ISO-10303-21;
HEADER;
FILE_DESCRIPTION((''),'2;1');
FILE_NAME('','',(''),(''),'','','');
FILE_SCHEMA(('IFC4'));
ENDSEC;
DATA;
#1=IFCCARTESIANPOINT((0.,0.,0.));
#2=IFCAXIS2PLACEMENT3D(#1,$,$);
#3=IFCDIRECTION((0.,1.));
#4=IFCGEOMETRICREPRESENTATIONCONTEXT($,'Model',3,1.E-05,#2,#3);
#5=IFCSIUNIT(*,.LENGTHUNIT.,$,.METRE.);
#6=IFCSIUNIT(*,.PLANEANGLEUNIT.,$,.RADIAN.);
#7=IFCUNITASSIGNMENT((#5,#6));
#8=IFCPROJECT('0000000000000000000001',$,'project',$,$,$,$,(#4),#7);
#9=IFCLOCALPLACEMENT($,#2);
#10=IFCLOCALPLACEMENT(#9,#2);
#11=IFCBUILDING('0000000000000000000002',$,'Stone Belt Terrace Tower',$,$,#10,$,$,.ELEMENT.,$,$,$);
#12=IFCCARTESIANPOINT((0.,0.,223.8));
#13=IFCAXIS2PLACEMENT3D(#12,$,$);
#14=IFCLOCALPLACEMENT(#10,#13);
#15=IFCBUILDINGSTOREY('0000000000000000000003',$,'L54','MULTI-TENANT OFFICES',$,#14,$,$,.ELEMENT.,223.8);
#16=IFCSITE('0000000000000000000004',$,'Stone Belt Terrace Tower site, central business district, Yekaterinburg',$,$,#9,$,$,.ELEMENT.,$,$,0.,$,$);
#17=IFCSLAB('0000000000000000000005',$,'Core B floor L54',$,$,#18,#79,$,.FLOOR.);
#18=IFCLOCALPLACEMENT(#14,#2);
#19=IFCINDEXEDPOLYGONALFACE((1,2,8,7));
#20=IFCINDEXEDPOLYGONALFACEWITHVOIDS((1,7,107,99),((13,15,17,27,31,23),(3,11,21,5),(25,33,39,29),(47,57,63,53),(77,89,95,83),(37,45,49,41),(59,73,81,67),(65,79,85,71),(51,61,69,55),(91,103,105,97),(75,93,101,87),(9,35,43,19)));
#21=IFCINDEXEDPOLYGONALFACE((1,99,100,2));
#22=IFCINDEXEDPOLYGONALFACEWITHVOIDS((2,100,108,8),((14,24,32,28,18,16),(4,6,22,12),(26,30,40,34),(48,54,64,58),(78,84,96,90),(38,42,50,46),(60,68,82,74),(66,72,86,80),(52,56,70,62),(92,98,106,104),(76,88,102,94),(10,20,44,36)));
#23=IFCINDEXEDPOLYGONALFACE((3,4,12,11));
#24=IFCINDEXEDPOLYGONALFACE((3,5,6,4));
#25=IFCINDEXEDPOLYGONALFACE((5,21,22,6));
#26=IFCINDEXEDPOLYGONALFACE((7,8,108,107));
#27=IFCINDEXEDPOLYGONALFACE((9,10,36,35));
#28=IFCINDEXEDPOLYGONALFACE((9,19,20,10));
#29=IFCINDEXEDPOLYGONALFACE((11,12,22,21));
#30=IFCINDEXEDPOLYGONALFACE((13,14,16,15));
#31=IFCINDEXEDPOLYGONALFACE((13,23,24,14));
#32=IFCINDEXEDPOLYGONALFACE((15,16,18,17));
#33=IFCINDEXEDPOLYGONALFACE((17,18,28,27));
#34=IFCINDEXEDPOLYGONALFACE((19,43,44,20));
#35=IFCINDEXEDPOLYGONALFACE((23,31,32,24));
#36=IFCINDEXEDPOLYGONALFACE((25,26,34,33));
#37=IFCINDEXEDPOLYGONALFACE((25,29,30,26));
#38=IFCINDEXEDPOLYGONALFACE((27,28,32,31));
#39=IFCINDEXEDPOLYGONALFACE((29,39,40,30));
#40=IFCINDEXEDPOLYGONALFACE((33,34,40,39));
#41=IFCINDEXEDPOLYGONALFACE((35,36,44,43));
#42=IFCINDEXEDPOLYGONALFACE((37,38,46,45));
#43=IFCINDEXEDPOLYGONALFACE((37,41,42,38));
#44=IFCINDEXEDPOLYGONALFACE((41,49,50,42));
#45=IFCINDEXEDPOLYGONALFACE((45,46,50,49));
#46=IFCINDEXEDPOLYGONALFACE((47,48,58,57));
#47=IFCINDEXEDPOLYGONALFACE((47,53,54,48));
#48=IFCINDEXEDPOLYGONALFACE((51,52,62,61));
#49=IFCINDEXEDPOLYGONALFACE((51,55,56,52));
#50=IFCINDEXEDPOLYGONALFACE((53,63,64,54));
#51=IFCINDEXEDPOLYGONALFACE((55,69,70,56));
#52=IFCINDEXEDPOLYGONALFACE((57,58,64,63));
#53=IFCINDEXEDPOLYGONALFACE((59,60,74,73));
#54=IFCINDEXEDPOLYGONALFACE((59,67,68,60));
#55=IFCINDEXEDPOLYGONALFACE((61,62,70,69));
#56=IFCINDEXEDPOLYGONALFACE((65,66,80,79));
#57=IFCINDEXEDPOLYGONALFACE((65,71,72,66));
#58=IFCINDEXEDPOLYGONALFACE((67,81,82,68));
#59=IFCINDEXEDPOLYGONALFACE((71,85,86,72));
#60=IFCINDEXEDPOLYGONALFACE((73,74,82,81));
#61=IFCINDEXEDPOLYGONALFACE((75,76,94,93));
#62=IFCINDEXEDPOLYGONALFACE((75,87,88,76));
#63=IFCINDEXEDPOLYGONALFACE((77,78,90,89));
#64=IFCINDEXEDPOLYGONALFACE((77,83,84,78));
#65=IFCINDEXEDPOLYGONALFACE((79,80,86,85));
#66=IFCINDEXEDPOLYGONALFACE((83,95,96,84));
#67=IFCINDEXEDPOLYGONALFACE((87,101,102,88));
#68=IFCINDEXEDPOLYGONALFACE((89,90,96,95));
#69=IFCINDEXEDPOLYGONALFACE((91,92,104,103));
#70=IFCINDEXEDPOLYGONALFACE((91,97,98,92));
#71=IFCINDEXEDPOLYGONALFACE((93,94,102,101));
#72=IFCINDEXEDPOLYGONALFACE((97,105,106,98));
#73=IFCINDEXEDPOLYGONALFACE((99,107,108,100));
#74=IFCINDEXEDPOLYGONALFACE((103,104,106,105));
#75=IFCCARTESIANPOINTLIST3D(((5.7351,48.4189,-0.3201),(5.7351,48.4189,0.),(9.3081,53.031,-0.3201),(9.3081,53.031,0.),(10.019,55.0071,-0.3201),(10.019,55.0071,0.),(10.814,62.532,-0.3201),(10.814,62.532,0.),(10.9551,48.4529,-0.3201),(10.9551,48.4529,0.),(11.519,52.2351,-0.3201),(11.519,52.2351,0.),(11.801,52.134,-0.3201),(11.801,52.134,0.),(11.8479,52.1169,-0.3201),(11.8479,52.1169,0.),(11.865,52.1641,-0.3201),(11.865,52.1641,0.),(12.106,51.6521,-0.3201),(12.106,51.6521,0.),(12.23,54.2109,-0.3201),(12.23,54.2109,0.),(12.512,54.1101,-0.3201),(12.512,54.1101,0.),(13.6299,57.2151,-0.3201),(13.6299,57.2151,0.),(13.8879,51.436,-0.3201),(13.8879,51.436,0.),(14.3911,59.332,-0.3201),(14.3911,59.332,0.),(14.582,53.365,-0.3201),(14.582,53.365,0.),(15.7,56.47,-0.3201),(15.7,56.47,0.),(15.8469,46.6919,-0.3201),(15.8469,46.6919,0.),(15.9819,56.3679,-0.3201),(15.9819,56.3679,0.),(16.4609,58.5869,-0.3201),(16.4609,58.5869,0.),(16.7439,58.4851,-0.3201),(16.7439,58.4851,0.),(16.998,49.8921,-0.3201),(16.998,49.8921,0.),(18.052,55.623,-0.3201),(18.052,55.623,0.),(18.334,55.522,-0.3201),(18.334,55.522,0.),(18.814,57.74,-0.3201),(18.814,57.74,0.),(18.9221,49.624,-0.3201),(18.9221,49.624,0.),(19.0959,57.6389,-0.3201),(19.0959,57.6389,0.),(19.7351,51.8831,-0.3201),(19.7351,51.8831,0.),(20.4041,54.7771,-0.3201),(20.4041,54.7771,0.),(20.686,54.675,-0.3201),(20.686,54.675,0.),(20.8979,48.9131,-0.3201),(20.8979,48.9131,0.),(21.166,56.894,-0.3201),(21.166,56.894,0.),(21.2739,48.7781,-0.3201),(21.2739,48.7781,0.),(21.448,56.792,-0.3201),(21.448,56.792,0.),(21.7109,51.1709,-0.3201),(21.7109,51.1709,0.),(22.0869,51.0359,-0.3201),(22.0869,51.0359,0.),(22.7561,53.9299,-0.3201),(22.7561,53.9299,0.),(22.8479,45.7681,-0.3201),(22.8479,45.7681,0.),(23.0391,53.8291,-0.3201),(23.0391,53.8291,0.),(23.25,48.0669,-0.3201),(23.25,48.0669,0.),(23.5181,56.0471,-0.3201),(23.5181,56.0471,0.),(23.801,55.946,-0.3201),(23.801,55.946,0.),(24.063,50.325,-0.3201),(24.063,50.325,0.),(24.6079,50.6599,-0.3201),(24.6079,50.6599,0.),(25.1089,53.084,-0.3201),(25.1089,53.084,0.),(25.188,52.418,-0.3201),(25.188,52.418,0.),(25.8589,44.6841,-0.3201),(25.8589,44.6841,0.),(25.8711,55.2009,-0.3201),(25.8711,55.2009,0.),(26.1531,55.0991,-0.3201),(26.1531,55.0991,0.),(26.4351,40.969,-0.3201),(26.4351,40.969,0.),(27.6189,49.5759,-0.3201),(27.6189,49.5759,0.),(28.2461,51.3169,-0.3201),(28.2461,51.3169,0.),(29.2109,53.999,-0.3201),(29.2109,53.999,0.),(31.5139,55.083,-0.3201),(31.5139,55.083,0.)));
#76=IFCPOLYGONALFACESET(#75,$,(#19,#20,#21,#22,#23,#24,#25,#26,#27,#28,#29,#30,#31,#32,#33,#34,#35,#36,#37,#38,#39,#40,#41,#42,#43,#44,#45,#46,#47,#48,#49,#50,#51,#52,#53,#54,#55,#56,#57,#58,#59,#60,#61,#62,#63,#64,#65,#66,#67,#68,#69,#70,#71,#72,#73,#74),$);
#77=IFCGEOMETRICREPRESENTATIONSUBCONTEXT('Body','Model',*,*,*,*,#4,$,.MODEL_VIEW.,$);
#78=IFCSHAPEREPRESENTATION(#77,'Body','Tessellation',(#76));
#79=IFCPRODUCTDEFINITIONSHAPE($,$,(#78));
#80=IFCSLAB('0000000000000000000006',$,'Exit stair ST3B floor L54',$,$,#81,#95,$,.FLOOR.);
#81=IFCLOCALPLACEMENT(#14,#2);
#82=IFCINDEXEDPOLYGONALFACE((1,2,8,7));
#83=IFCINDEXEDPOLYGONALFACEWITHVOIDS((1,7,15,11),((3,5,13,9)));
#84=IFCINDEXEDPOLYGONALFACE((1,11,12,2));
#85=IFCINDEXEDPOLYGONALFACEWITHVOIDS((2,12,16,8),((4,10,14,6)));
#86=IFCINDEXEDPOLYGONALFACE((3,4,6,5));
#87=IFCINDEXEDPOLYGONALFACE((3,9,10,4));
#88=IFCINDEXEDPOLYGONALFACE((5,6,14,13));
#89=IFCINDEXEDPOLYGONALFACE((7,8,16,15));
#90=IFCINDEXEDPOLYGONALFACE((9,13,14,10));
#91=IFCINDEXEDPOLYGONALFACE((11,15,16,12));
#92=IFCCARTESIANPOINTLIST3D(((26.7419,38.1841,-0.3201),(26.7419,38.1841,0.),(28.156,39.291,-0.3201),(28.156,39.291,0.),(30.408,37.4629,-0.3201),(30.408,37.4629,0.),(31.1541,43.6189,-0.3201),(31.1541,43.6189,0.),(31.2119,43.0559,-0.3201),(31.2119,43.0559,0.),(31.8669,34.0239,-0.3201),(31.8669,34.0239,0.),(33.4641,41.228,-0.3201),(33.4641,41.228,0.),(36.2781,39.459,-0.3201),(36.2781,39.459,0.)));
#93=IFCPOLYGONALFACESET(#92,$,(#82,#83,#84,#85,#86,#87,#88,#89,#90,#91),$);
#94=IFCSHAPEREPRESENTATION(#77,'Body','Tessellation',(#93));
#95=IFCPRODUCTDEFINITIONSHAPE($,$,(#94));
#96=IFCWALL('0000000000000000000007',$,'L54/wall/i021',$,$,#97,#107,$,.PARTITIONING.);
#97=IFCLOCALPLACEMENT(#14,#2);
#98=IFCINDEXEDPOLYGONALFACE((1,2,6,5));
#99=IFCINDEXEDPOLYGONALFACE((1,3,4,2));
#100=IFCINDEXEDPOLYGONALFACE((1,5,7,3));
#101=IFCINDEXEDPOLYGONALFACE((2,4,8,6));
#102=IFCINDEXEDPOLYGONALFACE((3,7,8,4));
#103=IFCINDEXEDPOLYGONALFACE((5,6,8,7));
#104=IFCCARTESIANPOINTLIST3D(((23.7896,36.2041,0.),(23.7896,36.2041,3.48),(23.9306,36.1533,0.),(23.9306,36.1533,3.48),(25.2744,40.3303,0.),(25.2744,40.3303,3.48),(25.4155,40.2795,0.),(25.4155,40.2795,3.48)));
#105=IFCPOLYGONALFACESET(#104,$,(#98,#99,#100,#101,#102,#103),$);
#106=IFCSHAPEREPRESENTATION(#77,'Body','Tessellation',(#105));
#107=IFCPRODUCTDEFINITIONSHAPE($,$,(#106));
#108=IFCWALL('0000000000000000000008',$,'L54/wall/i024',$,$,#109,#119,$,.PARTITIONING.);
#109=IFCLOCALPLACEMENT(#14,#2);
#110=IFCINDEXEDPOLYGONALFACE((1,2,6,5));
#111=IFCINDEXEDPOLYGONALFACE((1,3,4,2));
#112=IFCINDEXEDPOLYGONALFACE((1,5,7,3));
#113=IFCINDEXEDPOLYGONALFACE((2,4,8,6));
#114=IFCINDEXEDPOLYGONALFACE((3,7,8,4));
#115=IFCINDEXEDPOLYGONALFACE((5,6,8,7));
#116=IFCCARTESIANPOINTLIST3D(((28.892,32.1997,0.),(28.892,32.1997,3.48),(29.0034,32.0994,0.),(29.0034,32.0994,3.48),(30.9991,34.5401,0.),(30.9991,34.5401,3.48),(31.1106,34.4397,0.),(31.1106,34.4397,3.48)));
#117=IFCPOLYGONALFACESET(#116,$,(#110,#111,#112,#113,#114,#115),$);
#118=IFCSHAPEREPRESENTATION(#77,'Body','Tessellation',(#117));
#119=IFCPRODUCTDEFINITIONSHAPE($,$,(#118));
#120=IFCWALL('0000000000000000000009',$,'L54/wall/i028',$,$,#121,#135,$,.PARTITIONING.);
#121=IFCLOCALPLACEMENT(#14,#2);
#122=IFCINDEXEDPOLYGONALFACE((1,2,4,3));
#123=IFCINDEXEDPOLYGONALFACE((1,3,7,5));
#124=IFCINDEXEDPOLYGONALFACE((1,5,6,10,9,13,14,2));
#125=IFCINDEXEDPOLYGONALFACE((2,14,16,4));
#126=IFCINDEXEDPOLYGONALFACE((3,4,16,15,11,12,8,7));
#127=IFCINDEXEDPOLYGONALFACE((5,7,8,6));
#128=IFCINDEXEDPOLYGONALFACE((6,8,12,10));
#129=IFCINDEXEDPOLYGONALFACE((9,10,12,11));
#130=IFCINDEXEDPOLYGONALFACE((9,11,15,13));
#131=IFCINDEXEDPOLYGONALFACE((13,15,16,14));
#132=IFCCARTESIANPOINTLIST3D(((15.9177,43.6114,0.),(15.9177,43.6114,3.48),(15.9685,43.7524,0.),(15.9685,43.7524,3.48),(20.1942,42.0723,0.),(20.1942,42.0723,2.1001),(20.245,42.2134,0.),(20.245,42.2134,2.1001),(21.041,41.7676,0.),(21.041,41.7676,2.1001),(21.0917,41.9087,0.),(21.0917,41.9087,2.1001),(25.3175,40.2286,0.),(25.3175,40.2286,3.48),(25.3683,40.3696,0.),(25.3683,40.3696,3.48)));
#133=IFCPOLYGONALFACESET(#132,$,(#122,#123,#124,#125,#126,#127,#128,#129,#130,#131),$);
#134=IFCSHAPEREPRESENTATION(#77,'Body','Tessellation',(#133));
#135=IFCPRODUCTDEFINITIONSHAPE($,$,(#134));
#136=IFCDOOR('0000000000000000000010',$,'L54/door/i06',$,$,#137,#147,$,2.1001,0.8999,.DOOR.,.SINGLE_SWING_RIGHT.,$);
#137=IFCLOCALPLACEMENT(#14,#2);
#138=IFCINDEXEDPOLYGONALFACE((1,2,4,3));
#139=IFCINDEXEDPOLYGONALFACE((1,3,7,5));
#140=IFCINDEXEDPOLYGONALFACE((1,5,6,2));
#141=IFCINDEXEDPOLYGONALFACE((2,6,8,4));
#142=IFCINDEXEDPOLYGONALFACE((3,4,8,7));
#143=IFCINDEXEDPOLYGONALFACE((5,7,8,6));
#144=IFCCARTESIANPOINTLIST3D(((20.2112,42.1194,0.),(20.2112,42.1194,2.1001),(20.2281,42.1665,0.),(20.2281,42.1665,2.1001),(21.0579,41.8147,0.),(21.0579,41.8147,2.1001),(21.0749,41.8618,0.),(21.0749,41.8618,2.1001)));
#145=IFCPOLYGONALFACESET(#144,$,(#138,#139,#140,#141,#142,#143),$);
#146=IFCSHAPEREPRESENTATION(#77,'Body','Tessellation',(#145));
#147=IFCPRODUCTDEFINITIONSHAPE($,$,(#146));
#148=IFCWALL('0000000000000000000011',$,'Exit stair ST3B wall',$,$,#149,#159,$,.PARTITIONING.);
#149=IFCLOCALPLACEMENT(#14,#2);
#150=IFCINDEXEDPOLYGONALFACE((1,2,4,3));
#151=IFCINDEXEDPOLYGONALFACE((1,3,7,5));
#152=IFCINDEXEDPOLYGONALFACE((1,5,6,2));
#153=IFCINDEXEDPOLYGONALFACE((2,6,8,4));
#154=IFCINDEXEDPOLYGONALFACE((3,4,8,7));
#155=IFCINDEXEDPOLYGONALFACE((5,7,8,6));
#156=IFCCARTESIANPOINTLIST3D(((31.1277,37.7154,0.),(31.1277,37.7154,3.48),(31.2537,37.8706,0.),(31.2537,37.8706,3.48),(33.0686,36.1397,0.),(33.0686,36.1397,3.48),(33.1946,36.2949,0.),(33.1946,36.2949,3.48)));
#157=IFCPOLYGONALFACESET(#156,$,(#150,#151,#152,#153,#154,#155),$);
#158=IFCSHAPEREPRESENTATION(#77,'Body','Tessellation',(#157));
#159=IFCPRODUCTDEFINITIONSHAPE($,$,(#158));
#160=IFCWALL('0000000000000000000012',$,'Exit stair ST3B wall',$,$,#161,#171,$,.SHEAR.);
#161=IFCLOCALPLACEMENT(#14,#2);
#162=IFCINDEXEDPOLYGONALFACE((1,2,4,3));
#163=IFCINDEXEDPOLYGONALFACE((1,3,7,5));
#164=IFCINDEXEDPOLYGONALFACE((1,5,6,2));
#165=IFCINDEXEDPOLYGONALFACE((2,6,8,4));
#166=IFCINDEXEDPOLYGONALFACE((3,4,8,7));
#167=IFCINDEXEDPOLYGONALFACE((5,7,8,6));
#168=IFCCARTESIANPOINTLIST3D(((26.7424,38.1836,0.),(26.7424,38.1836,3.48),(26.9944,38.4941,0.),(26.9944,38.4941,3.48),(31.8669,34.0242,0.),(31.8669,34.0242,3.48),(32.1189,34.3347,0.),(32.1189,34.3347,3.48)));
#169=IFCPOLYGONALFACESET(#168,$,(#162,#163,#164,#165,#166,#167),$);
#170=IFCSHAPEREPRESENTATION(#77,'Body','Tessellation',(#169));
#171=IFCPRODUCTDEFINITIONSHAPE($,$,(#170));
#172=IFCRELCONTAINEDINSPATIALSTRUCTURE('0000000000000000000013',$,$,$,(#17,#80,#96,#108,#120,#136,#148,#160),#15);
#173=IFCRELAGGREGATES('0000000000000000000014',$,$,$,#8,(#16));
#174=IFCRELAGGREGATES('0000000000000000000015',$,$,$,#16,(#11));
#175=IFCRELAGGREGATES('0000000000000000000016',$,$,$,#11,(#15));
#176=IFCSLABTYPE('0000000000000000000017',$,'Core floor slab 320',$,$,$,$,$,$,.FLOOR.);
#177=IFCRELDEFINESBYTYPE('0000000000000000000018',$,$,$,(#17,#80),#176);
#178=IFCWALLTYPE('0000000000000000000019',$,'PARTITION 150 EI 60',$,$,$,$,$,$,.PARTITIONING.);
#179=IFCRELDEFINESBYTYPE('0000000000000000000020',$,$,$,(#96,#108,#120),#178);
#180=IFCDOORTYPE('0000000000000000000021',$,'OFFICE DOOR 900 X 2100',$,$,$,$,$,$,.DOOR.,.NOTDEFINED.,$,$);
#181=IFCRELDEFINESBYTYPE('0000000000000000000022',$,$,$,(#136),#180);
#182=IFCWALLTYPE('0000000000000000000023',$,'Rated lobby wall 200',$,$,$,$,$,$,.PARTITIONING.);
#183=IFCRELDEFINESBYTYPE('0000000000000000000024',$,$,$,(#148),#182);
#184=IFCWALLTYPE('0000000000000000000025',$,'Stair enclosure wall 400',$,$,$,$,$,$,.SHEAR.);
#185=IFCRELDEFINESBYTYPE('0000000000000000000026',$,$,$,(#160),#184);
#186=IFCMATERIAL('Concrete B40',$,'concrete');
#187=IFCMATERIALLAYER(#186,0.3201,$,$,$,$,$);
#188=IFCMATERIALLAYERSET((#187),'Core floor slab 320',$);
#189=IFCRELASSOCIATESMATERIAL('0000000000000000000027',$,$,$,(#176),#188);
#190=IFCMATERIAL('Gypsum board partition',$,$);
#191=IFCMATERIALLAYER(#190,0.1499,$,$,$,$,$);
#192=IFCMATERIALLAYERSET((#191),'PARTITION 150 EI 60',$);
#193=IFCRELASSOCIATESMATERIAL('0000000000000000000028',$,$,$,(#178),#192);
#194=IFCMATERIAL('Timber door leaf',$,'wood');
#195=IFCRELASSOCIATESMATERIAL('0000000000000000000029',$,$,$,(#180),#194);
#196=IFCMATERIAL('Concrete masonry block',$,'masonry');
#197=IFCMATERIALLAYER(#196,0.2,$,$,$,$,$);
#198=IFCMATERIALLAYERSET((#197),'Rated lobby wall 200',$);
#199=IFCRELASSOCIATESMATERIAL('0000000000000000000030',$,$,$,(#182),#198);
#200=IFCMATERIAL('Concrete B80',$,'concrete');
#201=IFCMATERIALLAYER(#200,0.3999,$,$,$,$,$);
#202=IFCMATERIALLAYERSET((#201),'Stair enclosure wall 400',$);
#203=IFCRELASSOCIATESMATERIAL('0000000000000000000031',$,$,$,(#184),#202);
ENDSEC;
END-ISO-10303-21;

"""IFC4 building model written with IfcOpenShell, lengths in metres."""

from ifc_helpers import new_model, si_unit, direction, frame, frame_2d, origin, place, context, subcontext, project, spatial, polyline, rectangle, outline, extrude, material, layer, layer_set, type_object, element, fill, save


model = new_model("IFC4")

# Units and contexts
model_context = context("Model", 3, precision=1e-05, world=origin(), true_north=direction((0.0, 1.0)))
body_context = subcontext(model_context, "Body", "Model", "MODEL_VIEW")
ifc_project = project(units=[si_unit("LENGTHUNIT", "METRE"), si_unit("PLANEANGLEUNIT", "RADIAN")], contexts=[model_context])

# Site, building, storey
site_placement = place(None, origin())
site = spatial("IfcSite", under=ifc_project, at=site_placement, Name="Stone Belt Terrace Tower site, central business district, Yekaterinburg", CompositionType="ELEMENT", RefElevation=0.0)
building_placement = place(site_placement, origin())
building = spatial("IfcBuilding", under=site, at=building_placement, Name="Stone Belt Terrace Tower", CompositionType="ELEMENT")
storey_placement = place(building_placement, frame((0.0, 0.0, 223.8)))
storey = spatial("IfcBuildingStorey", under=building, at=storey_placement, Name="L54", Description="MULTI-TENANT OFFICES", CompositionType="ELEMENT", Elevation=223.8)

# Slabs
ifc_material_1 = material(Name="Concrete B40", Category="concrete")
ifc_layer_1 = layer(ifc_material_1, 0.3201)
ifc_layer_set_1 = layer_set([ifc_layer_1], Name="Core floor slab 320")
slab_type = type_object("IfcSlabType", Name="Core floor slab 320", PredefinedType="FLOOR", material=ifc_layer_set_1)
slab_1_placement = place(storey_placement, frame((0.0, 0.0, -0.3201)))
element("IfcSlab", 1, at=slab_1_placement, inside=storey, type_object=slab_type, Name="Core B floor L54", PredefinedType="FLOOR", context=body_context, shape_type="SweptSolid", body=[
    extrude(outline(polyline([(26.4351, 40.969), (31.5139, 55.083), (10.814, 62.532), (5.7351, 48.4189), (26.4351, 40.969)]), holes=[polyline([(12.106, 51.6521), (16.998, 49.8921), (15.8469, 46.6919), (10.9551, 48.4529), (12.106, 51.6521)]), polyline([(12.512, 54.1101), (14.582, 53.365), (13.8879, 51.436), (11.865, 52.1641), (11.8479, 52.1169), (11.801, 52.134), (12.512, 54.1101)]), polyline([(9.3081, 53.031), (10.019, 55.0071), (12.23, 54.2109), (11.519, 52.2351), (9.3081, 53.031)]), polyline([(18.334, 55.522), (19.0959, 57.6389), (21.166, 56.894), (20.4041, 54.7771), (18.334, 55.522)]), polyline([(16.7439, 58.4851), (18.814, 57.74), (18.052, 55.623), (15.9819, 56.3679), (16.7439, 58.4851)]), polyline([(14.3911, 59.332), (16.4609, 58.5869), (15.7, 56.47), (13.6299, 57.2151), (14.3911, 59.332)]), polyline([(27.6189, 49.5759), (25.8589, 44.6841), (22.8479, 45.7681), (24.6079, 50.6599), (27.6189, 49.5759)]), polyline([(23.25, 48.0669), (21.2739, 48.7781), (22.0869, 51.0359), (24.063, 50.325), (23.25, 48.0669)]), polyline([(20.8979, 48.9131), (18.9221, 49.624), (19.7351, 51.8831), (21.7109, 51.1709), (20.8979, 48.9131)]), polyline([(26.1531, 55.0991), (29.2109, 53.999), (28.2461, 51.3169), (25.188, 52.418), (26.1531, 55.0991)]), polyline([(23.801, 55.946), (25.8711, 55.2009), (25.1089, 53.084), (23.0391, 53.8291), (23.801, 55.946)]), polyline([(21.448, 56.792), (23.5181, 56.0471), (22.7561, 53.9299), (20.686, 54.675), (21.448, 56.792)])]), origin(), (0.0, 0.0, 1.0), 0.3201),
])
slab_2_placement = place(storey_placement, frame((0.0, 0.0, -0.3201)))
element("IfcSlab", 2, at=slab_2_placement, inside=storey, type_object=slab_type, Name="Exit stair ST3B floor L54", PredefinedType="FLOOR", context=body_context, shape_type="SweptSolid", body=[
    extrude(outline(polyline([(26.7419, 38.1841), (31.8669, 34.0239), (36.2781, 39.459), (31.1541, 43.6189), (26.7419, 38.1841)]), holes=[polyline([(30.408, 37.4629), (28.156, 39.291), (31.2119, 43.0559), (33.4641, 41.228), (30.408, 37.4629)])]), origin(), (0.0, 0.0, 1.0), 0.3201),
])

# Walls
ifc_material_2 = material(Name="Gypsum board partition")
ifc_layer_2 = layer(ifc_material_2, 0.1499)
ifc_layer_set_2 = layer_set([ifc_layer_2], Name="PARTITION 150 EI 60")
wall_type_1 = type_object("IfcWallType", Name="PARTITION 150 EI 60", PredefinedType="PARTITIONING", material=ifc_layer_set_2)
wall_1_placement = place(storey_placement, frame((23.8601, 36.1787, 0.0), z_axis=(0.0, 0.0, 1.0), x_axis=(0.338603, 0.940929, 0.0)))
element("IfcWall", 3, at=wall_1_placement, inside=storey, type_object=wall_type_1, Name="L54/wall/i021", PredefinedType="PARTITIONING", context=body_context, shape_type="SweptSolid", body=[
    extrude(rectangle(XDim=4.3853, YDim=0.1499, at=frame_2d((2.1926, 0.0))), origin(), (0.0, 0.0, 1.0), 3.48),
])
wall_2_placement = place(storey_placement, frame((31.0549, 34.49, 0.0), z_axis=(0.0, 0.0, 1.0), x_axis=(-0.669119, -0.743155, 0.0)))
element("IfcWall", 4, at=wall_2_placement, inside=storey, type_object=wall_type_1, Name="L54/wall/i024", PredefinedType="PARTITIONING", context=body_context, shape_type="SweptSolid", body=[
    extrude(rectangle(XDim=3.1492, YDim=0.1499, at=frame_2d((1.5747, 0.0))), origin(), (0.0, 0.0, 1.0), 3.48),
])

# Wall, opening, door
wall_3_placement = place(storey_placement, frame((25.343, 40.2991, 0.0), z_axis=(0.0, 0.0, 1.0), x_axis=(-0.940924, 0.338617, 0.0)))
wall_3 = element("IfcWall", 5, at=wall_3_placement, inside=storey, type_object=wall_type_1, Name="L54/wall/i028", PredefinedType="PARTITIONING", context=body_context, shape_type="SweptSolid", body=[
    extrude(rectangle(XDim=9.99, YDim=0.1499, at=frame_2d((4.9951, 0.0))), origin(), (0.0, 0.0, 1.0), 3.48),
])
opening_1_placement = place(wall_3_placement, frame((4.5452, 0.0, 0.0)))
opening_1 = element("IfcOpeningElement", 6, at=opening_1_placement, cuts=wall_3, PredefinedType="OPENING", context=body_context, shape_type="SweptSolid", body=[
    extrude(rectangle(XDim=0.8999, YDim=2.1001, at=frame_2d((0.45, 1.05))), frame((0.0, 0.085, 0.0), z_axis=(0.0, -1.0, 0.0), x_axis=(1.0, 0.0, 0.0)), (0.0, 0.0, 1.0), 0.1699),
])
ifc_material_3 = material(Name="Timber door leaf", Category="wood")
door_type_1 = type_object("IfcDoorType", Name="OFFICE DOOR 900 X 2100", OperationType="NOTDEFINED", PredefinedType="DOOR", material=ifc_material_3)
door_1_placement = place(opening_1_placement, origin())
door_1 = element("IfcDoor", 7, at=door_1_placement, inside=storey, type_object=door_type_1, Name="L54/door/i06", OperationType="SINGLE_SWING_RIGHT", OverallHeight=2.1001, OverallWidth=0.8999, PredefinedType="DOOR", context=body_context, shape_type="SweptSolid", body=[
    extrude(rectangle(XDim=0.8999, YDim=2.1001, at=frame_2d((0.45, 1.05))), frame((0.0, 0.0249, 0.0), z_axis=(0.0, -1.0, 0.0), x_axis=(1.0, 0.0, 0.0)), (0.0, 0.0, 1.0), 0.05),
])
fill(opening_1, door_1)

# Walls
ifc_material_4 = material(Name="Concrete masonry block", Category="masonry")
ifc_layer_3 = layer(ifc_material_4, 0.2)
ifc_layer_set_3 = layer_set([ifc_layer_3], Name="Rated lobby wall 200")
wall_type_2 = type_object("IfcWallType", Name="Rated lobby wall 200", PredefinedType="PARTITIONING", material=ifc_layer_set_3)
wall_4_placement = place(storey_placement, frame((31.1907, 37.793, 0.0), z_axis=(0.0, 0.0, 1.0), x_axis=(0.776371, -0.630276, 0.0)))
element("IfcWall", 8, at=wall_4_placement, inside=storey, type_object=wall_type_2, Name="Exit stair ST3B wall", PredefinedType="PARTITIONING", context=body_context, shape_type="SweptSolid", body=[
    extrude(rectangle(XDim=2.5, YDim=0.2, at=frame_2d((1.25, 0.0))), origin(), (0.0, 0.0, 1.0), 3.48),
])
ifc_material_5 = material(Name="Concrete B80", Category="concrete")
ifc_layer_4 = layer(ifc_material_5, 0.3999)
ifc_layer_set_4 = layer_set([ifc_layer_4], Name="Stair enclosure wall 400")
wall_type_3 = type_object("IfcWallType", Name="Stair enclosure wall 400", PredefinedType="SHEAR", material=ifc_layer_set_4)
wall_5_placement = place(storey_placement, frame((26.8684, 38.3389, 0.0), z_axis=(0.0, 0.0, 1.0), x_axis=(0.776428, -0.630205, 0.0)))
element("IfcWall", 9, at=wall_5_placement, inside=storey, type_object=wall_type_3, Name="Exit stair ST3B wall", PredefinedType="SHEAR", context=body_context, shape_type="SweptSolid", body=[
    extrude(rectangle(XDim=6.6001, YDim=0.3999, at=frame_2d((3.3, 0.0))), origin(), (0.0, 0.0, 1.0), 3.48),
])

save(model, "model.ifc")
